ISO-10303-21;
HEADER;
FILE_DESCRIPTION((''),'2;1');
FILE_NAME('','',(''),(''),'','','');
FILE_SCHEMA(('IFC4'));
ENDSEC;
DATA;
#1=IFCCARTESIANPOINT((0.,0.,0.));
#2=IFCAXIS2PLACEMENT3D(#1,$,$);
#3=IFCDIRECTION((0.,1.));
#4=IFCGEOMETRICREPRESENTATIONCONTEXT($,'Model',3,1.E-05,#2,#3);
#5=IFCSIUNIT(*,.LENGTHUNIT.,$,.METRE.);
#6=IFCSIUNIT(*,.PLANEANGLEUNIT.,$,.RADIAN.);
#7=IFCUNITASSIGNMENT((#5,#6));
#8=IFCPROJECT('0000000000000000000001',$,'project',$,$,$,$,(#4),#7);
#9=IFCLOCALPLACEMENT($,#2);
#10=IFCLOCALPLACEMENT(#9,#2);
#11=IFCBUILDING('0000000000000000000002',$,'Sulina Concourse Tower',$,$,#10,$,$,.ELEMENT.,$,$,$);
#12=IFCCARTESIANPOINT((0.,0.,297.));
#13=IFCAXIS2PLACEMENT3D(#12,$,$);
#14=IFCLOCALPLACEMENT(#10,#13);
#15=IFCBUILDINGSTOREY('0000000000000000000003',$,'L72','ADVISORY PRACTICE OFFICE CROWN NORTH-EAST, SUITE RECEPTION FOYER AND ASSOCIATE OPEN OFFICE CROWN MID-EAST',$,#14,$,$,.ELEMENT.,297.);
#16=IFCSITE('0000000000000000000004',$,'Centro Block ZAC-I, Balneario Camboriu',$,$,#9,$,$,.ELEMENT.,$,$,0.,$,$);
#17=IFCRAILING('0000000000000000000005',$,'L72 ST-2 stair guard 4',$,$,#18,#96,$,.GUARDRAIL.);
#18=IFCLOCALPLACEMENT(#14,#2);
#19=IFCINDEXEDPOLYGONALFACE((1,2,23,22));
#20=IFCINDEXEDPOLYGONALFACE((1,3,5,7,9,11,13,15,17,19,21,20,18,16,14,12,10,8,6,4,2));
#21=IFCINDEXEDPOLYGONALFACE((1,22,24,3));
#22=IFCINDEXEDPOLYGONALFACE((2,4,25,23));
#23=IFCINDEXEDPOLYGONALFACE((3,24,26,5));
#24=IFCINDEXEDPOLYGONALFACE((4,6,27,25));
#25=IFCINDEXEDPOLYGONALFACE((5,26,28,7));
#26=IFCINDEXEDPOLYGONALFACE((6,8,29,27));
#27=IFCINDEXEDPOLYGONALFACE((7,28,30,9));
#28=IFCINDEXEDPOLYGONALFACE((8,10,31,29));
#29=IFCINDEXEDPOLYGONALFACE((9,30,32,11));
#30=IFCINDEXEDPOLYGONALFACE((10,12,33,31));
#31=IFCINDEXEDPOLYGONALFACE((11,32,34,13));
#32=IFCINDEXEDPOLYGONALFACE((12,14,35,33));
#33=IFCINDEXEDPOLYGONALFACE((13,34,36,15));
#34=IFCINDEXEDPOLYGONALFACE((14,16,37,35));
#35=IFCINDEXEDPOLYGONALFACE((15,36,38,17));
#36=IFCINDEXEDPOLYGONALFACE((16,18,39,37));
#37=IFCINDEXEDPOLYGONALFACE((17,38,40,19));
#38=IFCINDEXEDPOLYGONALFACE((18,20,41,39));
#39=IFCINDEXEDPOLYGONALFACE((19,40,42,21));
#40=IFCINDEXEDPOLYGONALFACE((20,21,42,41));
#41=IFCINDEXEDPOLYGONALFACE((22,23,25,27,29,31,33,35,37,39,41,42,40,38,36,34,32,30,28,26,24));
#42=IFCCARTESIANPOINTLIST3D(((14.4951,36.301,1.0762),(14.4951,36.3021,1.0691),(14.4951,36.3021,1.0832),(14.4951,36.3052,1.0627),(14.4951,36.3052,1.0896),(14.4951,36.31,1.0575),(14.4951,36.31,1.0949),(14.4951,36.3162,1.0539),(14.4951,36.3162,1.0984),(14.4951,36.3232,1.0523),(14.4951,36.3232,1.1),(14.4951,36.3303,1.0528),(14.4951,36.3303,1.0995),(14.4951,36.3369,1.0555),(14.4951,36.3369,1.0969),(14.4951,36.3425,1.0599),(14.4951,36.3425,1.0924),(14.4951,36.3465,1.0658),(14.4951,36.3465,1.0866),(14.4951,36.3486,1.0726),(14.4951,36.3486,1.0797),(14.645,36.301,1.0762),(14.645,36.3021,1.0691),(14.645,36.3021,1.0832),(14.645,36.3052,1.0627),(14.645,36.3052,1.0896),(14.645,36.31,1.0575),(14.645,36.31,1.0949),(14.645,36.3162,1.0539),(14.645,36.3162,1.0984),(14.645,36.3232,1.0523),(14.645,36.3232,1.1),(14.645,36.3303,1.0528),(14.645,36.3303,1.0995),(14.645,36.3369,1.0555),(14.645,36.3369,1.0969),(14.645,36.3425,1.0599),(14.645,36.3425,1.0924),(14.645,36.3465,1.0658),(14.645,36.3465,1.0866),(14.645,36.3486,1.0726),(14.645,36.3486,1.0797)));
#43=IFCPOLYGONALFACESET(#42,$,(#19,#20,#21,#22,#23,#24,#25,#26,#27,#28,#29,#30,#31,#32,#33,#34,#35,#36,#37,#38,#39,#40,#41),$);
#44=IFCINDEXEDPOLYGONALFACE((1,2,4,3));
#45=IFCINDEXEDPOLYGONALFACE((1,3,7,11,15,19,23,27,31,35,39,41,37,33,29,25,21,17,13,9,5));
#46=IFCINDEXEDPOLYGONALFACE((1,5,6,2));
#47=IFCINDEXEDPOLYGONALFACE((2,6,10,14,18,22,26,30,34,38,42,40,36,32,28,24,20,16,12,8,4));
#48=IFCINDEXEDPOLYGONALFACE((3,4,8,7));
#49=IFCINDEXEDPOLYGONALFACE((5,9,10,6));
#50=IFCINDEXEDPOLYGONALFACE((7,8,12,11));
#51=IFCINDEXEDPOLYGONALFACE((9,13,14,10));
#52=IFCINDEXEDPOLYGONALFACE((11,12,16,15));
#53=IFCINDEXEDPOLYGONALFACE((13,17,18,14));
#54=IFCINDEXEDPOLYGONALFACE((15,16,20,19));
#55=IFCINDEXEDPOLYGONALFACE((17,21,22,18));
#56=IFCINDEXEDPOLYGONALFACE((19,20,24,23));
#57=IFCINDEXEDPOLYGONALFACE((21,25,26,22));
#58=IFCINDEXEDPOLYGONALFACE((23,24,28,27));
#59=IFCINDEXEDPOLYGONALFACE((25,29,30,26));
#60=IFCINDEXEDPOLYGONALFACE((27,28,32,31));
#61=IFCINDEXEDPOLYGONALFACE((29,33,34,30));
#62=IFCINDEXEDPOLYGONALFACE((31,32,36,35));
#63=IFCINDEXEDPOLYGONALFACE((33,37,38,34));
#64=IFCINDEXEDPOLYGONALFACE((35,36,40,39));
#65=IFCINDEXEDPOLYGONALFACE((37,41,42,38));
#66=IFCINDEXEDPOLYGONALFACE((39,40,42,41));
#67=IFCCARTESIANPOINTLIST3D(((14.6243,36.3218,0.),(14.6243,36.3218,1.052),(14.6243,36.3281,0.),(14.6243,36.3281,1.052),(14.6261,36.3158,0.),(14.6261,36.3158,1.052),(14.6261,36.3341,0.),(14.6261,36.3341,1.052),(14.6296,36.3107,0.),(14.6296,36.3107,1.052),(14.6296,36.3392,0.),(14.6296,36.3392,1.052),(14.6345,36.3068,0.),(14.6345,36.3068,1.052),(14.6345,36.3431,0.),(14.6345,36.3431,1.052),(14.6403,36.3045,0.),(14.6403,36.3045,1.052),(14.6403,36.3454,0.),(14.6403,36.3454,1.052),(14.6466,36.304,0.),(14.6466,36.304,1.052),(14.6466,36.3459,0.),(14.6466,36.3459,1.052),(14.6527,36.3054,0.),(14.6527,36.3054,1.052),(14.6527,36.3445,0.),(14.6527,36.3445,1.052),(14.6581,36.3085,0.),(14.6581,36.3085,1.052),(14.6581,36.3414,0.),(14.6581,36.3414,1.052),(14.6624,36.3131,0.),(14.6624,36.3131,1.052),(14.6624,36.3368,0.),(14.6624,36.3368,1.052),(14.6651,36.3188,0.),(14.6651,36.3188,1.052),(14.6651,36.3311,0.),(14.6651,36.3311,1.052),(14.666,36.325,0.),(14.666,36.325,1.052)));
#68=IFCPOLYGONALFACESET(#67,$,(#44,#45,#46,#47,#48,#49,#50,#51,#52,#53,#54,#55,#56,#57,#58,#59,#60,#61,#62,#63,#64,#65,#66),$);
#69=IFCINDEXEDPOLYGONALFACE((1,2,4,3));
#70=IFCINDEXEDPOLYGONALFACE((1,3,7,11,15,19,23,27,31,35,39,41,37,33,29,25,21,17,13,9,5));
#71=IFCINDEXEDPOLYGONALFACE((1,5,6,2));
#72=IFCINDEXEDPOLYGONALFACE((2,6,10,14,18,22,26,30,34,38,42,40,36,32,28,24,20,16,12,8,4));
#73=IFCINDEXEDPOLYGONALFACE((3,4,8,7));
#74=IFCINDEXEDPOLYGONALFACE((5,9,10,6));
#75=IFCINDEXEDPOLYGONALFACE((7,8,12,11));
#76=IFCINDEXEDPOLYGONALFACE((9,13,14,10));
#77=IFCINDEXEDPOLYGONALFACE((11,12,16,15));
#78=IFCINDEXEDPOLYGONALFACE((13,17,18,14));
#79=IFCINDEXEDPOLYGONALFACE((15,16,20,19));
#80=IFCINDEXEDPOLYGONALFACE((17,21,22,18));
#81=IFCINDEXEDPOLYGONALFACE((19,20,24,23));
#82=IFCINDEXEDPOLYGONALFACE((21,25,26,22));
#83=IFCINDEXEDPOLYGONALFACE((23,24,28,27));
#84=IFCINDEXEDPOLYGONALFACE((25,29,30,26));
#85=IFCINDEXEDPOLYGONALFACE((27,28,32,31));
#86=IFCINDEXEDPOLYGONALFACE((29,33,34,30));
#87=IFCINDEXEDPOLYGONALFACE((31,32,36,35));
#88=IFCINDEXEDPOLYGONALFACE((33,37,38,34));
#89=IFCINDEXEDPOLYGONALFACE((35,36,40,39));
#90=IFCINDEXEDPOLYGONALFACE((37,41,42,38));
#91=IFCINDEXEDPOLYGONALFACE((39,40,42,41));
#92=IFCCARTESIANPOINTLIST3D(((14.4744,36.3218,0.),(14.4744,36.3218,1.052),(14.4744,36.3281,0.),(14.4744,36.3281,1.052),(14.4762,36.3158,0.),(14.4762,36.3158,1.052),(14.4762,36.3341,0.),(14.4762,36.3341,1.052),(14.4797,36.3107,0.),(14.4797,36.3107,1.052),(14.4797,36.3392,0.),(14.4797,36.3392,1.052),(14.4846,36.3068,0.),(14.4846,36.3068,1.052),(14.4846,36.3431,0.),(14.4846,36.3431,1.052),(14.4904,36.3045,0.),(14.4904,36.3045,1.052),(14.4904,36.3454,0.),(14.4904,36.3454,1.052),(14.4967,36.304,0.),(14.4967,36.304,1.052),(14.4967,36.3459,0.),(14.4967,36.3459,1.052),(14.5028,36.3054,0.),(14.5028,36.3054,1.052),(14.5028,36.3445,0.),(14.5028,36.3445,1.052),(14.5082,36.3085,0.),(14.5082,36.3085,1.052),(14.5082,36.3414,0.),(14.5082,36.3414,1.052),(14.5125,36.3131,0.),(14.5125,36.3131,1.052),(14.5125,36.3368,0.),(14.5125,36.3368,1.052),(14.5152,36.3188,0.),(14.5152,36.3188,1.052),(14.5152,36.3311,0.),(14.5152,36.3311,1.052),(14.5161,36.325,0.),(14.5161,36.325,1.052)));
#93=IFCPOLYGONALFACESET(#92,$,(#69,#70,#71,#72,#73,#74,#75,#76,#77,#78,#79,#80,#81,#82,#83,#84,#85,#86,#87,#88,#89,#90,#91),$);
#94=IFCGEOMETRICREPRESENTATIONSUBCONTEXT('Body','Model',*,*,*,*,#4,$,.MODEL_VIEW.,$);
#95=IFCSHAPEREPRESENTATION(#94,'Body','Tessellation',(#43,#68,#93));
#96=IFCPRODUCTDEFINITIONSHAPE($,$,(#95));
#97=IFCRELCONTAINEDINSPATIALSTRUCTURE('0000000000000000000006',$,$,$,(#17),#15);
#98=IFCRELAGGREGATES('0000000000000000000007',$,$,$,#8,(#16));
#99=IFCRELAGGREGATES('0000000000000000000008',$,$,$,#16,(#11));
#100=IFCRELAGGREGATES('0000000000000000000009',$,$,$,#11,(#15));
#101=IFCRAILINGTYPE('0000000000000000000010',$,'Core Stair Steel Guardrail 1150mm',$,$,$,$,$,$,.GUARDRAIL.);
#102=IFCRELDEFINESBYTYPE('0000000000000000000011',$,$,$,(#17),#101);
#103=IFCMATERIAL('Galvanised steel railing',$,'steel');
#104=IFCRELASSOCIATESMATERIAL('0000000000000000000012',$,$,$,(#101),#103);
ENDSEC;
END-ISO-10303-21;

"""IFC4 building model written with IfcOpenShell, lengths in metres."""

from ifc_helpers import new_model, si_unit, direction, frame, origin, origin_2d, place, context, subcontext, project, spatial, circle, extrude, material, type_object, element, save


model = new_model("IFC4")

# Units and contexts
model_context = context("Model", 3, precision=1e-05, world=origin(), true_north=direction((0.0, 1.0)))
body_context = subcontext(model_context, "Body", "Model", "MODEL_VIEW")
ifc_project = project(units=[si_unit("LENGTHUNIT", "METRE"), si_unit("PLANEANGLEUNIT", "RADIAN")], contexts=[model_context])

# Site, building, storey
site_placement = place(None, origin())
site = spatial("IfcSite", under=ifc_project, at=site_placement, Name="Centro Block ZAC-I, Balneario Camboriu", CompositionType="ELEMENT", RefElevation=0.0)
building_placement = place(site_placement, origin())
building = spatial("IfcBuilding", under=site, at=building_placement, Name="Sulina Concourse Tower", CompositionType="ELEMENT")
storey_placement = place(building_placement, frame((0.0, 0.0, 297.0)))
storey = spatial("IfcBuildingStorey", under=building, at=storey_placement, Name="L72", Description="ADVISORY PRACTICE OFFICE CROWN NORTH-EAST, SUITE RECEPTION FOYER AND ASSOCIATE OPEN OFFICE CROWN MID-EAST", CompositionType="ELEMENT", Elevation=297.0)

# Railing
ifc_material_1 = material(Name="Galvanised steel railing", Category="steel")
railing_type_1 = type_object("IfcRailingType", Name="Core Stair Steel Guardrail 1150mm", PredefinedType="GUARDRAIL", material=ifc_material_1)
railing_1_placement = place(storey_placement, frame((14.645, 36.325, 0.0)))
element("IfcRailing", 1, at=railing_1_placement, inside=storey, type_object=railing_type_1, Name="L72 ST-2 stair guard 4", PredefinedType="GUARDRAIL", context=body_context, shape_type="SweptSolid", body=[
    extrude(circle(Radius=0.0239, at=origin_2d()), frame((0.0, 0.0, 1.0762), z_axis=(-1.0, 0.0, 0.0), x_axis=(0.0, -1.0, 0.0)), (0.0, 0.0, 1.0), 0.1499),
    extrude(circle(Radius=0.021, at=origin_2d()), origin(), (0.0, 0.0, 1.0), 1.052),
    extrude(circle(Radius=0.021, at=origin_2d()), frame((-0.1499, 0.0, 0.0)), (0.0, 0.0, 1.0), 1.052),
])

save(model, "model.ifc")
